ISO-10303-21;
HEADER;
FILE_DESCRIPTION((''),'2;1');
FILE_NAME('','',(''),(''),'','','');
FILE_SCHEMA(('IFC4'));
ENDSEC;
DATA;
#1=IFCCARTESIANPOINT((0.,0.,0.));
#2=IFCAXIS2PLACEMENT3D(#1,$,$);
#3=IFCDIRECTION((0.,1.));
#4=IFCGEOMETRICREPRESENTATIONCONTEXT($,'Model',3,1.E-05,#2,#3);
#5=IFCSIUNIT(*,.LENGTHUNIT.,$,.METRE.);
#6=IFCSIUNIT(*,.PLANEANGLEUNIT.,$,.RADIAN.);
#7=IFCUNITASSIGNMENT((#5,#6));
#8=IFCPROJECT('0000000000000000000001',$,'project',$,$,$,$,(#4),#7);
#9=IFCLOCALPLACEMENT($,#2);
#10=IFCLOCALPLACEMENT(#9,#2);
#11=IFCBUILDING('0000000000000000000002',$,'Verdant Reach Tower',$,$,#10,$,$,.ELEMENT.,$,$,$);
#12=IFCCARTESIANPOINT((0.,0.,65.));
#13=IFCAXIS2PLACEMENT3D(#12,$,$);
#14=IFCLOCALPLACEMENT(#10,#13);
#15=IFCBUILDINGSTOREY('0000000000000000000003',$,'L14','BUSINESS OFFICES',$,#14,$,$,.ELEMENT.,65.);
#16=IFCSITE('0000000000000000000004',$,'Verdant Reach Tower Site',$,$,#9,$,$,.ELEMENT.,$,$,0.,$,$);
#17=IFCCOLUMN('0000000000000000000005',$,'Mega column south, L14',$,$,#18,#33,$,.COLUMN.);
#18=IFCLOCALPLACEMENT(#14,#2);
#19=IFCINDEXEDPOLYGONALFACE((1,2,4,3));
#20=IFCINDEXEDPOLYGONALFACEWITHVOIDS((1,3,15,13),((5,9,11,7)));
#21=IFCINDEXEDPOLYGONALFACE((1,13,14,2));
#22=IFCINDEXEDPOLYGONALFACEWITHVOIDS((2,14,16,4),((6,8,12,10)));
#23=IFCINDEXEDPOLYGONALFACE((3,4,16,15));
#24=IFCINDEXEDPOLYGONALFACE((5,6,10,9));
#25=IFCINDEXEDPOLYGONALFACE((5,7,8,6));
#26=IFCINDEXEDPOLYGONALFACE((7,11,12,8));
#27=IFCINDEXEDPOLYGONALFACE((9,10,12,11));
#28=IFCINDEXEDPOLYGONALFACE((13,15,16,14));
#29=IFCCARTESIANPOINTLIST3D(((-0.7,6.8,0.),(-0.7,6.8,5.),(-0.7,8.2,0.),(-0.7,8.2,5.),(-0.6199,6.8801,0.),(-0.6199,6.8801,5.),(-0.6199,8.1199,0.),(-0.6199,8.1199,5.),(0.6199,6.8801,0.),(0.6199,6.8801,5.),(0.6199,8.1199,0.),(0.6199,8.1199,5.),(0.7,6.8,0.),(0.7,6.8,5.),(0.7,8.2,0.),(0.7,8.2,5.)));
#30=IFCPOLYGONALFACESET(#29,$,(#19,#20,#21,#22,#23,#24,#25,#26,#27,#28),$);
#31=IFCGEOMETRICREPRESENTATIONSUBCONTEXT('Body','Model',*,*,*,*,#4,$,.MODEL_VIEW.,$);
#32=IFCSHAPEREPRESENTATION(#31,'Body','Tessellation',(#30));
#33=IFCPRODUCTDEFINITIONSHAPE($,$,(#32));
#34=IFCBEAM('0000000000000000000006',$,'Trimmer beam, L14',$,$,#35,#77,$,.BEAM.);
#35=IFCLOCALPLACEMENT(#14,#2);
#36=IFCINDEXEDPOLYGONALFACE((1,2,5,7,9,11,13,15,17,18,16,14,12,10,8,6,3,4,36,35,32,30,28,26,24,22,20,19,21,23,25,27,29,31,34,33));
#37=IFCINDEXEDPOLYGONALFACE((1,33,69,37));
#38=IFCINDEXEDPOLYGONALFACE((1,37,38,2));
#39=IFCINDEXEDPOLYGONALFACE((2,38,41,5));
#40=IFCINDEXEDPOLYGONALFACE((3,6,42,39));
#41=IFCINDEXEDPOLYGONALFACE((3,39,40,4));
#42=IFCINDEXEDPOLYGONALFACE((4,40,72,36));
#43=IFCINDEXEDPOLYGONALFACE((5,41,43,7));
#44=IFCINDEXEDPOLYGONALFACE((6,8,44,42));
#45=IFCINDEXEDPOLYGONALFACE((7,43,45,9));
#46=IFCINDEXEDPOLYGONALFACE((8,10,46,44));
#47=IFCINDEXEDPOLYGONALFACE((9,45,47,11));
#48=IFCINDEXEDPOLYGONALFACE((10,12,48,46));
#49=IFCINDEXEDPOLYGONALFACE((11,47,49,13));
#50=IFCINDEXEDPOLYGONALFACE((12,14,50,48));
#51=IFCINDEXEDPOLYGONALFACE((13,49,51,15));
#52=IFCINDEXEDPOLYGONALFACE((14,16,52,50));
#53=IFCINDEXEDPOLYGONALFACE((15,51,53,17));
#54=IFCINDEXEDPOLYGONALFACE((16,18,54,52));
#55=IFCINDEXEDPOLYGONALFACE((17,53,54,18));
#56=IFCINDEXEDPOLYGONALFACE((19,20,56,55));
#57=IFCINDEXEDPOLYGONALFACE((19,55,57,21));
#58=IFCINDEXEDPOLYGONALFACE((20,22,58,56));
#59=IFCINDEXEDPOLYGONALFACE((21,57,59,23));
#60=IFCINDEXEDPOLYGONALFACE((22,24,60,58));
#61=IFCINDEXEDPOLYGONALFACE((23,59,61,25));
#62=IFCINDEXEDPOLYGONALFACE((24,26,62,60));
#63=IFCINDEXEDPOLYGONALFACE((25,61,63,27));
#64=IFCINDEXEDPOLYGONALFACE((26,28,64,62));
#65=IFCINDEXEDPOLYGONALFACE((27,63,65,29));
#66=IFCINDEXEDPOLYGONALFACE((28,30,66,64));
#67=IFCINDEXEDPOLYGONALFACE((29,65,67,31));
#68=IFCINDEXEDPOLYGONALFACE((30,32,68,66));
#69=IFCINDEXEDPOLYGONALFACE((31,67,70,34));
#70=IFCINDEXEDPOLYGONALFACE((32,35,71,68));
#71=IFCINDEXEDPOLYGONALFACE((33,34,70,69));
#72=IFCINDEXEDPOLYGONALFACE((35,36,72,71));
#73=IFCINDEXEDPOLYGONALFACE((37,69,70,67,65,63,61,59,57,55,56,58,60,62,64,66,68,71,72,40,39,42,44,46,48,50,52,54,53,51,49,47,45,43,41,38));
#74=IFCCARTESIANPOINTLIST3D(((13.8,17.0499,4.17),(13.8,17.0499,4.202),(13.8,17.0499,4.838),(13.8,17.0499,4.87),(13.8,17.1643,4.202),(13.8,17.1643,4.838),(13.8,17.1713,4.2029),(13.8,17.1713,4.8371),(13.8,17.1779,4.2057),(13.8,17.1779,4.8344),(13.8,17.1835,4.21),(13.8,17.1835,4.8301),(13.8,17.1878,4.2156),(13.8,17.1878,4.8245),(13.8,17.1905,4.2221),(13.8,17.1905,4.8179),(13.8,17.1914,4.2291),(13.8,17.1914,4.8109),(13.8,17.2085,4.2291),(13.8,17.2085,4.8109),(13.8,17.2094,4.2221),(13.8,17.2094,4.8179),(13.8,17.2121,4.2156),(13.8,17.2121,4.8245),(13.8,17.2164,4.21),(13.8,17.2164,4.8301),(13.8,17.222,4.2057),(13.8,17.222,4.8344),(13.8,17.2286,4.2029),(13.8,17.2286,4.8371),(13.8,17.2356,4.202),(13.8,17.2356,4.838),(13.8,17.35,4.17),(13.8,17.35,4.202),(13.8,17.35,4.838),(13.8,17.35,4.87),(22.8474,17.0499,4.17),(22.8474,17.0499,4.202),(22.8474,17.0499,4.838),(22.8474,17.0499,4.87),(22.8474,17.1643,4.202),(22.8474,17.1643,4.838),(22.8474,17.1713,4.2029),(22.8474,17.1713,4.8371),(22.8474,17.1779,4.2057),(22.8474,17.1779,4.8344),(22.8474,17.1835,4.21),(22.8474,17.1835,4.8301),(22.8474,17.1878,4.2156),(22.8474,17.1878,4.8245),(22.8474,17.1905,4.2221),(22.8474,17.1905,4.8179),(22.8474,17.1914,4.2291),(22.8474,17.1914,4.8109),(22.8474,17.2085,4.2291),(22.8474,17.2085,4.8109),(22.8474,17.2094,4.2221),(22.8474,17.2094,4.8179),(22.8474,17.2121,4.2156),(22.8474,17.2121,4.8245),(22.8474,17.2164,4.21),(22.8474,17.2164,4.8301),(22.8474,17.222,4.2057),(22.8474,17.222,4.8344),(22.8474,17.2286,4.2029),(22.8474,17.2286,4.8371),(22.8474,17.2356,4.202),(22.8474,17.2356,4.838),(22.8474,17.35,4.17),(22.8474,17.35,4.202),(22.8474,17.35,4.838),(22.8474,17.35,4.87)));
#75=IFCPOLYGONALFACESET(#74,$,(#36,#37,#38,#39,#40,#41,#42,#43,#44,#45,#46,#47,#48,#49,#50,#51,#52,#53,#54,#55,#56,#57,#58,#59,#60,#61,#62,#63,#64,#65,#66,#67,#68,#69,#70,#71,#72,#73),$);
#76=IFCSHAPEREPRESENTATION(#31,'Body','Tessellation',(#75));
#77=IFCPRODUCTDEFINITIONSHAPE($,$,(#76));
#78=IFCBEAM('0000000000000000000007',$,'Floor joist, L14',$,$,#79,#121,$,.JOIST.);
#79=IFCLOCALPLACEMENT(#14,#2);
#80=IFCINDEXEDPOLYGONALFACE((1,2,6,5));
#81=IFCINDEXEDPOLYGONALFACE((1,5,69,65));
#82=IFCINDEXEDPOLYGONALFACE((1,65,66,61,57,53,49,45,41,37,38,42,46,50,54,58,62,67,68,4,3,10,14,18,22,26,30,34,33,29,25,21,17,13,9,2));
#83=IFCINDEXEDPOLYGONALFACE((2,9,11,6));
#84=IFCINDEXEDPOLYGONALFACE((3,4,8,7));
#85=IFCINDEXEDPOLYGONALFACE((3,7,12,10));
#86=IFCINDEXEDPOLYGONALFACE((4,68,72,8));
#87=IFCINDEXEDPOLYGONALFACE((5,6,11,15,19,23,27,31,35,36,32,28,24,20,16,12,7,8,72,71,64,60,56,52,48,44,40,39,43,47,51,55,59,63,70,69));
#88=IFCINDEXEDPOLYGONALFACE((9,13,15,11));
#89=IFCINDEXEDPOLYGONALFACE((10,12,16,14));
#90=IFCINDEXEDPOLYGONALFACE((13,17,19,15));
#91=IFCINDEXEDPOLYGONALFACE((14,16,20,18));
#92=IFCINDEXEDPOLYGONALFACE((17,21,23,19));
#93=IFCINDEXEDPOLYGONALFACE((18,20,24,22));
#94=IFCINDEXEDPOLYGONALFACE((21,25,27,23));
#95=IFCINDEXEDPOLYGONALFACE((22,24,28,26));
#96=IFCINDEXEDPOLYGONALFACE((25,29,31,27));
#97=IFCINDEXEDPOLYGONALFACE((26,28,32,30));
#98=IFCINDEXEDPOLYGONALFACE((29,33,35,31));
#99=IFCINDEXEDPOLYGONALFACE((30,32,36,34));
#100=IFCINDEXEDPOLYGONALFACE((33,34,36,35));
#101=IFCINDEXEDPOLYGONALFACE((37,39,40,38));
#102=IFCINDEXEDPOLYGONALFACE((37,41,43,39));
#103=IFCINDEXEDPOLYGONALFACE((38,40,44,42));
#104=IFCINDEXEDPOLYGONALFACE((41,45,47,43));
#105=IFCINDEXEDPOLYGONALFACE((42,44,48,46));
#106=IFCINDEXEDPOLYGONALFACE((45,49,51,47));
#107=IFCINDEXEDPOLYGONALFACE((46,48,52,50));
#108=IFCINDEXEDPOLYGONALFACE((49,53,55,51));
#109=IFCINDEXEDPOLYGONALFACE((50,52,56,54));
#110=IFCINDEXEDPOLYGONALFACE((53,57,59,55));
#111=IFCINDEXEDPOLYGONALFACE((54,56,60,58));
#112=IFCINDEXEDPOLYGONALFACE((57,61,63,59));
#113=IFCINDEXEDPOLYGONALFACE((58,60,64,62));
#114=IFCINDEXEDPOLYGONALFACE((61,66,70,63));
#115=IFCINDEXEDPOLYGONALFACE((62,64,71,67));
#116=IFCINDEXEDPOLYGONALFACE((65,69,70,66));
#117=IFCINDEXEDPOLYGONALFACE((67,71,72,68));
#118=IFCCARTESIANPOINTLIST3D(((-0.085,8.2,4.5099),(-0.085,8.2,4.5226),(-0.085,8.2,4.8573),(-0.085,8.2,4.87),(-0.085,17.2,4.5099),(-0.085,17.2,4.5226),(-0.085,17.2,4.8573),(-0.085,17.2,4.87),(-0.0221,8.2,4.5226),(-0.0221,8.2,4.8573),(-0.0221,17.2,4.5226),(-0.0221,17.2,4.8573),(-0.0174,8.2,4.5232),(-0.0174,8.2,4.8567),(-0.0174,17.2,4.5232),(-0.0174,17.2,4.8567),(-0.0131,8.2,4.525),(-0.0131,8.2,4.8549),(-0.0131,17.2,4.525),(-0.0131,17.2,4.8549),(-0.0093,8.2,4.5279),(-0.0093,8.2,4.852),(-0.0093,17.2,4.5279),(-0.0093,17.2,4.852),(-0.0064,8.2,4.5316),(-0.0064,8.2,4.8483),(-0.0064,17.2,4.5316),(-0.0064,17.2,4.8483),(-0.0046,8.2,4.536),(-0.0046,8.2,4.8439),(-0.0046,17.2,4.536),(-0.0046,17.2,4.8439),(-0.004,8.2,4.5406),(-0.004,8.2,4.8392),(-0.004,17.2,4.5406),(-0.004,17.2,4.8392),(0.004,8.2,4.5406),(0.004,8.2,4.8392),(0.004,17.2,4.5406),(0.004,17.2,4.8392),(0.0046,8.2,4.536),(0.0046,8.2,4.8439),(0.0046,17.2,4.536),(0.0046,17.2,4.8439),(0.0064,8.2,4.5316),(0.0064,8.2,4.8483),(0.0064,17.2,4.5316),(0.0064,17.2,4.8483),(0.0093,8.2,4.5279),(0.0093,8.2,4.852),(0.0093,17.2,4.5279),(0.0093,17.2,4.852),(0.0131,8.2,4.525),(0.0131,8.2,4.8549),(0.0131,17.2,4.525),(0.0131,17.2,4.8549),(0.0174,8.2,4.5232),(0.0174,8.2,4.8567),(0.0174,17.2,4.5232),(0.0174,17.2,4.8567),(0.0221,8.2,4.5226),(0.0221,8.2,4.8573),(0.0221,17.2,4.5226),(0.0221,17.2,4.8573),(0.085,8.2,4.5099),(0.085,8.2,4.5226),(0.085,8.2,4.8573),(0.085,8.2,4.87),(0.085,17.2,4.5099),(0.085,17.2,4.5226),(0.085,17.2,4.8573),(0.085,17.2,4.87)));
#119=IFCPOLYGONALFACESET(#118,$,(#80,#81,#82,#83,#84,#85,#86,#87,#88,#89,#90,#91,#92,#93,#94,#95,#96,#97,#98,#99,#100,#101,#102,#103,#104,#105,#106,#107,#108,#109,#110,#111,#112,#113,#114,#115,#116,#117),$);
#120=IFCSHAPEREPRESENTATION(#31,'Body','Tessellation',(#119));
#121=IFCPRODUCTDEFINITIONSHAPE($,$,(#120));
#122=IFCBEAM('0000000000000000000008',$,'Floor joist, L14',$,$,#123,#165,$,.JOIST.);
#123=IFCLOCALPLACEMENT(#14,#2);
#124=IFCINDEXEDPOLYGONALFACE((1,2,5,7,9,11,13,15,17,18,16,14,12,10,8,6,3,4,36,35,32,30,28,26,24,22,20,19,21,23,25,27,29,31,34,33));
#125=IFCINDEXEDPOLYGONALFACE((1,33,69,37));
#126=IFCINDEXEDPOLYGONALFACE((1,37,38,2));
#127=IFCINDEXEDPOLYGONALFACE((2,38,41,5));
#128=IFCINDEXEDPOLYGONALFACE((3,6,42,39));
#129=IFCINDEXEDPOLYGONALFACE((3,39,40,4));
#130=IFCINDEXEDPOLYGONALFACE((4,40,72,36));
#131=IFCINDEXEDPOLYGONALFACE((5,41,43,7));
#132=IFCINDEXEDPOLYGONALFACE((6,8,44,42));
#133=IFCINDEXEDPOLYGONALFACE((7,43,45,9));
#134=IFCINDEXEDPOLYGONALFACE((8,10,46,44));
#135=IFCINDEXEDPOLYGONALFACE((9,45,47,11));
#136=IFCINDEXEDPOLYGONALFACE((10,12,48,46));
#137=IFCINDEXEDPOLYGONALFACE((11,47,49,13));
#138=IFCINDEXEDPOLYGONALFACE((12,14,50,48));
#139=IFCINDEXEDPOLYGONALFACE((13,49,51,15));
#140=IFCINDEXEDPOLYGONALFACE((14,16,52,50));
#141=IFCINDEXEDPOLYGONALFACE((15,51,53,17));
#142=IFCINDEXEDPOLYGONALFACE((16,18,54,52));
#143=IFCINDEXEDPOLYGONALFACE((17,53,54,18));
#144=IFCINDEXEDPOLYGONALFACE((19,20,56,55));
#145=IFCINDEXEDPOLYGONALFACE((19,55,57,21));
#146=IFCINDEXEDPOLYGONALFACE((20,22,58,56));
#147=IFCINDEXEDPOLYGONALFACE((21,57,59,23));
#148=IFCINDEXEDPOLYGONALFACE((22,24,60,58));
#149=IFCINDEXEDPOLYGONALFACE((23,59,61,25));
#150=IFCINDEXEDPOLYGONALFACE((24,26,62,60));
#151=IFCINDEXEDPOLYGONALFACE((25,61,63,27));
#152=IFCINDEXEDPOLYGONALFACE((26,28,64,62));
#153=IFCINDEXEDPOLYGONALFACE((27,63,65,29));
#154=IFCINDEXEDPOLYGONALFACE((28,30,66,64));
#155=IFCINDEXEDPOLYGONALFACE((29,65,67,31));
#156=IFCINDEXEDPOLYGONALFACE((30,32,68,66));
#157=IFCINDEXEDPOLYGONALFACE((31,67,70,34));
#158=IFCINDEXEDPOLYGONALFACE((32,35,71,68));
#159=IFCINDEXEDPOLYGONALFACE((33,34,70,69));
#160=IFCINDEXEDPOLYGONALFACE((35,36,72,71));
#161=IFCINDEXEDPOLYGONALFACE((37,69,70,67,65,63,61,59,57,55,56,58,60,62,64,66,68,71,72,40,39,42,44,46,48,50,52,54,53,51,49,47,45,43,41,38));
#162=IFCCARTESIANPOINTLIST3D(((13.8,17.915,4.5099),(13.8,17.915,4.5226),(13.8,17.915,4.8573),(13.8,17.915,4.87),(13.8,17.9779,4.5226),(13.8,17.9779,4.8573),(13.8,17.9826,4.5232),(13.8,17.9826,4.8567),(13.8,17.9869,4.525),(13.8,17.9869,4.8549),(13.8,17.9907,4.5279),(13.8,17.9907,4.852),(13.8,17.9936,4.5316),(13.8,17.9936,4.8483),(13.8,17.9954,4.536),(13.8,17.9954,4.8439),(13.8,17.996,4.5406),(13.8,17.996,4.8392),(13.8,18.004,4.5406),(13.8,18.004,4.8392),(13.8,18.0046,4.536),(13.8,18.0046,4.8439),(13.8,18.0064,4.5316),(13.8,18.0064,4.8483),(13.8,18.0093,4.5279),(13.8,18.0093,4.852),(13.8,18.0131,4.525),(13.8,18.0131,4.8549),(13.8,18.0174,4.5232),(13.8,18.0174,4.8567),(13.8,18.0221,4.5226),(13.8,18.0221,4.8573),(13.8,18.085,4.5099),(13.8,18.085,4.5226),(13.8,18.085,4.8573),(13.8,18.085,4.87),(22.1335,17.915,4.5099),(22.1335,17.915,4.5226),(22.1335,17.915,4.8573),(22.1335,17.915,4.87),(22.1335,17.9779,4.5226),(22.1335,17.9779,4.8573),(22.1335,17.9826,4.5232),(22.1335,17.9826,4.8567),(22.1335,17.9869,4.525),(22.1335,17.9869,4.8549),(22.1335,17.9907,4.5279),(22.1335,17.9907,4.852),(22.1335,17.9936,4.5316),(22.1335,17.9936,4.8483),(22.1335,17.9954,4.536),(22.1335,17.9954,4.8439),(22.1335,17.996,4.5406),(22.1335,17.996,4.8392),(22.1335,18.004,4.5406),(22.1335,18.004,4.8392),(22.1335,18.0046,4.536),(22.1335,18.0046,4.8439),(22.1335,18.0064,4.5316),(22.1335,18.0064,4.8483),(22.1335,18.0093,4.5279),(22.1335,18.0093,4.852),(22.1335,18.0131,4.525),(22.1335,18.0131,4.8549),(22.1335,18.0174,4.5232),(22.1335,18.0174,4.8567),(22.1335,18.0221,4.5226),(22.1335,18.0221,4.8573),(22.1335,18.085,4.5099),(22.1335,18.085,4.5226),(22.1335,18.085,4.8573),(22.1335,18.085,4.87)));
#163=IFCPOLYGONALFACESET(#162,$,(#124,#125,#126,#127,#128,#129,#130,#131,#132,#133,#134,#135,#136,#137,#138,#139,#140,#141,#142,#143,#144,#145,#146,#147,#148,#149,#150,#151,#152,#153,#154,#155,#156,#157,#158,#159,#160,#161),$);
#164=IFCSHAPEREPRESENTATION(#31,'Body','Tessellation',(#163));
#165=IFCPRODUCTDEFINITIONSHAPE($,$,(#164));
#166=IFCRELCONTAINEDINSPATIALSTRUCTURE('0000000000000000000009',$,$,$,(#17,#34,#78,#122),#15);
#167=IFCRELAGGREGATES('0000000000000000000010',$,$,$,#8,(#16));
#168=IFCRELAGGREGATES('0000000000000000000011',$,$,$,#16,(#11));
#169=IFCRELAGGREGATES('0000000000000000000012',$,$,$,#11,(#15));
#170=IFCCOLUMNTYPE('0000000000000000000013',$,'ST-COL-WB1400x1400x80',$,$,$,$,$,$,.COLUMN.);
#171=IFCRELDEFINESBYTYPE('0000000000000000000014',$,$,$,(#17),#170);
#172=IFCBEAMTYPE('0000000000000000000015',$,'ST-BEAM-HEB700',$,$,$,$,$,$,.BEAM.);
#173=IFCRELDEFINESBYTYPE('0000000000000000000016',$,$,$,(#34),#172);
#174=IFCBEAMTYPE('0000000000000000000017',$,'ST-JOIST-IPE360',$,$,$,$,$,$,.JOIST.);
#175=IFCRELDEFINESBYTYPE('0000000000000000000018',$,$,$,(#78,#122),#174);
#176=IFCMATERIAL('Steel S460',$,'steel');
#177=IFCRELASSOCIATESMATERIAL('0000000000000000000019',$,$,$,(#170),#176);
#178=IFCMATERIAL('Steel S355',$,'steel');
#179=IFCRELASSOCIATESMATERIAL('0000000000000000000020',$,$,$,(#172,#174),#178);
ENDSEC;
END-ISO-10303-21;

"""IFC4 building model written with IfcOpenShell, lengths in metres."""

from ifc_helpers import new_model, si_unit, direction, frame, origin, origin_2d, place, context, subcontext, project, spatial, hollow_rectangle, i_section, extrude, material, material_profile, profile_set, type_object, element, save


model = new_model("IFC4")

# Units and contexts
model_context = context("Model", 3, precision=1e-05, world=origin(), true_north=direction((0.0, 1.0)))
body_context = subcontext(model_context, "Body", "Model", "MODEL_VIEW")
ifc_project = project(units=[si_unit("LENGTHUNIT", "METRE"), si_unit("PLANEANGLEUNIT", "RADIAN")], contexts=[model_context])

# Site, building, storey
site_placement = place(None, origin())
site = spatial("IfcSite", under=ifc_project, at=site_placement, Name="Verdant Reach Tower Site", CompositionType="ELEMENT", RefElevation=0.0)
building_placement = place(site_placement, origin())
building = spatial("IfcBuilding", under=site, at=building_placement, Name="Verdant Reach Tower", CompositionType="ELEMENT")
storey_placement = place(building_placement, frame((0.0, 0.0, 65.0)))
storey = spatial("IfcBuildingStorey", under=building, at=storey_placement, Name="L14", Description="BUSINESS OFFICES", CompositionType="ELEMENT", Elevation=65.0)

# Column
ifc_material_1 = material(Name="Steel S460", Category="steel")
ifc_material_profile_1 = material_profile(ifc_material_1, hollow_rectangle(XDim=1.3999, YDim=1.3999, WallThickness=0.0801, at=origin_2d()), Name="WB 1400x1400x80")
ifc_profile_set_1 = profile_set([ifc_material_profile_1], Name="Steel S460")
column_type = type_object("IfcColumnType", Name="ST-COL-WB1400x1400x80", PredefinedType="COLUMN", material=ifc_profile_set_1)
column_placement = place(storey_placement, frame((0.0, 7.5, 0.0), z_axis=(0.0, 0.0, 1.0), x_axis=(1.0, 0.0, 0.0)))
element("IfcColumn", 1, at=column_placement, inside=storey, type_object=column_type, Name="Mega column south, L14", PredefinedType="COLUMN", context=body_context, shape_type="SweptSolid", body=[
    extrude(hollow_rectangle(XDim=1.3999, YDim=1.3999, WallThickness=0.0801, at=origin_2d()), origin(), (0.0, 0.0, 1.0), 5.0),
])

# Beams
ifc_material_2 = material(Name="Steel S355", Category="steel")
ifc_material_profile_2 = material_profile(ifc_material_2, i_section(OverallWidth=0.3, OverallDepth=0.7, WebThickness=0.0171, FlangeThickness=0.032, FilletRadius=0.0271, at=origin_2d()), Name="HEB 700")
ifc_profile_set_2 = profile_set([ifc_material_profile_2], Name="Steel S355")
beam_type_1 = type_object("IfcBeamType", Name="ST-BEAM-HEB700", PredefinedType="BEAM", material=ifc_profile_set_2)
beam_1_placement = place(storey_placement, frame((13.8, 17.2, 4.52), z_axis=(1.0, 0.0, 0.0), x_axis=(0.0, 1.0, 0.0)))
element("IfcBeam", 2, at=beam_1_placement, inside=storey, type_object=beam_type_1, Name="Trimmer beam, L14", PredefinedType="BEAM", context=body_context, shape_type="SweptSolid", body=[
    extrude(i_section(OverallWidth=0.3, OverallDepth=0.7, WebThickness=0.0171, FlangeThickness=0.032, FilletRadius=0.0271, at=origin_2d()), origin(), (0.0, 0.0, 1.0), 9.0474),
])
ifc_material_profile_3 = material_profile(ifc_material_2, i_section(OverallWidth=0.1699, OverallDepth=0.3601, WebThickness=0.0081, FlangeThickness=0.0127, FilletRadius=0.0181, at=origin_2d()), Name="IPE 360")
ifc_profile_set_3 = profile_set([ifc_material_profile_3], Name="Steel S355")
beam_type_2 = type_object("IfcBeamType", Name="ST-JOIST-IPE360", PredefinedType="JOIST", material=ifc_profile_set_3)
beam_2_placement = place(storey_placement, frame((0.0, 17.2, 4.6899), z_axis=(0.0, -1.0, 0.0), x_axis=(1.0, 0.0, 0.0)))
element("IfcBeam", 3, at=beam_2_placement, inside=storey, type_object=beam_type_2, Name="Floor joist, L14", PredefinedType="JOIST", context=body_context, shape_type="SweptSolid", body=[
    extrude(i_section(OverallWidth=0.1699, OverallDepth=0.3601, WebThickness=0.0081, FlangeThickness=0.0127, FilletRadius=0.0181, at=origin_2d()), origin(), (0.0, 0.0, 1.0), 9.0),
])
beam_3_placement = place(storey_placement, frame((13.8, 18.0, 4.6899), z_axis=(1.0, 0.0, 0.0), x_axis=(0.0, 1.0, 0.0)))
element("IfcBeam", 4, at=beam_3_placement, inside=storey, type_object=beam_type_2, Name="Floor joist, L14", PredefinedType="JOIST", context=body_context, shape_type="SweptSolid", body=[
    extrude(i_section(OverallWidth=0.1699, OverallDepth=0.3601, WebThickness=0.0081, FlangeThickness=0.0127, FilletRadius=0.0181, at=origin_2d()), origin(), (0.0, 0.0, 1.0), 8.3335),
])

save(model, "model.ifc")
